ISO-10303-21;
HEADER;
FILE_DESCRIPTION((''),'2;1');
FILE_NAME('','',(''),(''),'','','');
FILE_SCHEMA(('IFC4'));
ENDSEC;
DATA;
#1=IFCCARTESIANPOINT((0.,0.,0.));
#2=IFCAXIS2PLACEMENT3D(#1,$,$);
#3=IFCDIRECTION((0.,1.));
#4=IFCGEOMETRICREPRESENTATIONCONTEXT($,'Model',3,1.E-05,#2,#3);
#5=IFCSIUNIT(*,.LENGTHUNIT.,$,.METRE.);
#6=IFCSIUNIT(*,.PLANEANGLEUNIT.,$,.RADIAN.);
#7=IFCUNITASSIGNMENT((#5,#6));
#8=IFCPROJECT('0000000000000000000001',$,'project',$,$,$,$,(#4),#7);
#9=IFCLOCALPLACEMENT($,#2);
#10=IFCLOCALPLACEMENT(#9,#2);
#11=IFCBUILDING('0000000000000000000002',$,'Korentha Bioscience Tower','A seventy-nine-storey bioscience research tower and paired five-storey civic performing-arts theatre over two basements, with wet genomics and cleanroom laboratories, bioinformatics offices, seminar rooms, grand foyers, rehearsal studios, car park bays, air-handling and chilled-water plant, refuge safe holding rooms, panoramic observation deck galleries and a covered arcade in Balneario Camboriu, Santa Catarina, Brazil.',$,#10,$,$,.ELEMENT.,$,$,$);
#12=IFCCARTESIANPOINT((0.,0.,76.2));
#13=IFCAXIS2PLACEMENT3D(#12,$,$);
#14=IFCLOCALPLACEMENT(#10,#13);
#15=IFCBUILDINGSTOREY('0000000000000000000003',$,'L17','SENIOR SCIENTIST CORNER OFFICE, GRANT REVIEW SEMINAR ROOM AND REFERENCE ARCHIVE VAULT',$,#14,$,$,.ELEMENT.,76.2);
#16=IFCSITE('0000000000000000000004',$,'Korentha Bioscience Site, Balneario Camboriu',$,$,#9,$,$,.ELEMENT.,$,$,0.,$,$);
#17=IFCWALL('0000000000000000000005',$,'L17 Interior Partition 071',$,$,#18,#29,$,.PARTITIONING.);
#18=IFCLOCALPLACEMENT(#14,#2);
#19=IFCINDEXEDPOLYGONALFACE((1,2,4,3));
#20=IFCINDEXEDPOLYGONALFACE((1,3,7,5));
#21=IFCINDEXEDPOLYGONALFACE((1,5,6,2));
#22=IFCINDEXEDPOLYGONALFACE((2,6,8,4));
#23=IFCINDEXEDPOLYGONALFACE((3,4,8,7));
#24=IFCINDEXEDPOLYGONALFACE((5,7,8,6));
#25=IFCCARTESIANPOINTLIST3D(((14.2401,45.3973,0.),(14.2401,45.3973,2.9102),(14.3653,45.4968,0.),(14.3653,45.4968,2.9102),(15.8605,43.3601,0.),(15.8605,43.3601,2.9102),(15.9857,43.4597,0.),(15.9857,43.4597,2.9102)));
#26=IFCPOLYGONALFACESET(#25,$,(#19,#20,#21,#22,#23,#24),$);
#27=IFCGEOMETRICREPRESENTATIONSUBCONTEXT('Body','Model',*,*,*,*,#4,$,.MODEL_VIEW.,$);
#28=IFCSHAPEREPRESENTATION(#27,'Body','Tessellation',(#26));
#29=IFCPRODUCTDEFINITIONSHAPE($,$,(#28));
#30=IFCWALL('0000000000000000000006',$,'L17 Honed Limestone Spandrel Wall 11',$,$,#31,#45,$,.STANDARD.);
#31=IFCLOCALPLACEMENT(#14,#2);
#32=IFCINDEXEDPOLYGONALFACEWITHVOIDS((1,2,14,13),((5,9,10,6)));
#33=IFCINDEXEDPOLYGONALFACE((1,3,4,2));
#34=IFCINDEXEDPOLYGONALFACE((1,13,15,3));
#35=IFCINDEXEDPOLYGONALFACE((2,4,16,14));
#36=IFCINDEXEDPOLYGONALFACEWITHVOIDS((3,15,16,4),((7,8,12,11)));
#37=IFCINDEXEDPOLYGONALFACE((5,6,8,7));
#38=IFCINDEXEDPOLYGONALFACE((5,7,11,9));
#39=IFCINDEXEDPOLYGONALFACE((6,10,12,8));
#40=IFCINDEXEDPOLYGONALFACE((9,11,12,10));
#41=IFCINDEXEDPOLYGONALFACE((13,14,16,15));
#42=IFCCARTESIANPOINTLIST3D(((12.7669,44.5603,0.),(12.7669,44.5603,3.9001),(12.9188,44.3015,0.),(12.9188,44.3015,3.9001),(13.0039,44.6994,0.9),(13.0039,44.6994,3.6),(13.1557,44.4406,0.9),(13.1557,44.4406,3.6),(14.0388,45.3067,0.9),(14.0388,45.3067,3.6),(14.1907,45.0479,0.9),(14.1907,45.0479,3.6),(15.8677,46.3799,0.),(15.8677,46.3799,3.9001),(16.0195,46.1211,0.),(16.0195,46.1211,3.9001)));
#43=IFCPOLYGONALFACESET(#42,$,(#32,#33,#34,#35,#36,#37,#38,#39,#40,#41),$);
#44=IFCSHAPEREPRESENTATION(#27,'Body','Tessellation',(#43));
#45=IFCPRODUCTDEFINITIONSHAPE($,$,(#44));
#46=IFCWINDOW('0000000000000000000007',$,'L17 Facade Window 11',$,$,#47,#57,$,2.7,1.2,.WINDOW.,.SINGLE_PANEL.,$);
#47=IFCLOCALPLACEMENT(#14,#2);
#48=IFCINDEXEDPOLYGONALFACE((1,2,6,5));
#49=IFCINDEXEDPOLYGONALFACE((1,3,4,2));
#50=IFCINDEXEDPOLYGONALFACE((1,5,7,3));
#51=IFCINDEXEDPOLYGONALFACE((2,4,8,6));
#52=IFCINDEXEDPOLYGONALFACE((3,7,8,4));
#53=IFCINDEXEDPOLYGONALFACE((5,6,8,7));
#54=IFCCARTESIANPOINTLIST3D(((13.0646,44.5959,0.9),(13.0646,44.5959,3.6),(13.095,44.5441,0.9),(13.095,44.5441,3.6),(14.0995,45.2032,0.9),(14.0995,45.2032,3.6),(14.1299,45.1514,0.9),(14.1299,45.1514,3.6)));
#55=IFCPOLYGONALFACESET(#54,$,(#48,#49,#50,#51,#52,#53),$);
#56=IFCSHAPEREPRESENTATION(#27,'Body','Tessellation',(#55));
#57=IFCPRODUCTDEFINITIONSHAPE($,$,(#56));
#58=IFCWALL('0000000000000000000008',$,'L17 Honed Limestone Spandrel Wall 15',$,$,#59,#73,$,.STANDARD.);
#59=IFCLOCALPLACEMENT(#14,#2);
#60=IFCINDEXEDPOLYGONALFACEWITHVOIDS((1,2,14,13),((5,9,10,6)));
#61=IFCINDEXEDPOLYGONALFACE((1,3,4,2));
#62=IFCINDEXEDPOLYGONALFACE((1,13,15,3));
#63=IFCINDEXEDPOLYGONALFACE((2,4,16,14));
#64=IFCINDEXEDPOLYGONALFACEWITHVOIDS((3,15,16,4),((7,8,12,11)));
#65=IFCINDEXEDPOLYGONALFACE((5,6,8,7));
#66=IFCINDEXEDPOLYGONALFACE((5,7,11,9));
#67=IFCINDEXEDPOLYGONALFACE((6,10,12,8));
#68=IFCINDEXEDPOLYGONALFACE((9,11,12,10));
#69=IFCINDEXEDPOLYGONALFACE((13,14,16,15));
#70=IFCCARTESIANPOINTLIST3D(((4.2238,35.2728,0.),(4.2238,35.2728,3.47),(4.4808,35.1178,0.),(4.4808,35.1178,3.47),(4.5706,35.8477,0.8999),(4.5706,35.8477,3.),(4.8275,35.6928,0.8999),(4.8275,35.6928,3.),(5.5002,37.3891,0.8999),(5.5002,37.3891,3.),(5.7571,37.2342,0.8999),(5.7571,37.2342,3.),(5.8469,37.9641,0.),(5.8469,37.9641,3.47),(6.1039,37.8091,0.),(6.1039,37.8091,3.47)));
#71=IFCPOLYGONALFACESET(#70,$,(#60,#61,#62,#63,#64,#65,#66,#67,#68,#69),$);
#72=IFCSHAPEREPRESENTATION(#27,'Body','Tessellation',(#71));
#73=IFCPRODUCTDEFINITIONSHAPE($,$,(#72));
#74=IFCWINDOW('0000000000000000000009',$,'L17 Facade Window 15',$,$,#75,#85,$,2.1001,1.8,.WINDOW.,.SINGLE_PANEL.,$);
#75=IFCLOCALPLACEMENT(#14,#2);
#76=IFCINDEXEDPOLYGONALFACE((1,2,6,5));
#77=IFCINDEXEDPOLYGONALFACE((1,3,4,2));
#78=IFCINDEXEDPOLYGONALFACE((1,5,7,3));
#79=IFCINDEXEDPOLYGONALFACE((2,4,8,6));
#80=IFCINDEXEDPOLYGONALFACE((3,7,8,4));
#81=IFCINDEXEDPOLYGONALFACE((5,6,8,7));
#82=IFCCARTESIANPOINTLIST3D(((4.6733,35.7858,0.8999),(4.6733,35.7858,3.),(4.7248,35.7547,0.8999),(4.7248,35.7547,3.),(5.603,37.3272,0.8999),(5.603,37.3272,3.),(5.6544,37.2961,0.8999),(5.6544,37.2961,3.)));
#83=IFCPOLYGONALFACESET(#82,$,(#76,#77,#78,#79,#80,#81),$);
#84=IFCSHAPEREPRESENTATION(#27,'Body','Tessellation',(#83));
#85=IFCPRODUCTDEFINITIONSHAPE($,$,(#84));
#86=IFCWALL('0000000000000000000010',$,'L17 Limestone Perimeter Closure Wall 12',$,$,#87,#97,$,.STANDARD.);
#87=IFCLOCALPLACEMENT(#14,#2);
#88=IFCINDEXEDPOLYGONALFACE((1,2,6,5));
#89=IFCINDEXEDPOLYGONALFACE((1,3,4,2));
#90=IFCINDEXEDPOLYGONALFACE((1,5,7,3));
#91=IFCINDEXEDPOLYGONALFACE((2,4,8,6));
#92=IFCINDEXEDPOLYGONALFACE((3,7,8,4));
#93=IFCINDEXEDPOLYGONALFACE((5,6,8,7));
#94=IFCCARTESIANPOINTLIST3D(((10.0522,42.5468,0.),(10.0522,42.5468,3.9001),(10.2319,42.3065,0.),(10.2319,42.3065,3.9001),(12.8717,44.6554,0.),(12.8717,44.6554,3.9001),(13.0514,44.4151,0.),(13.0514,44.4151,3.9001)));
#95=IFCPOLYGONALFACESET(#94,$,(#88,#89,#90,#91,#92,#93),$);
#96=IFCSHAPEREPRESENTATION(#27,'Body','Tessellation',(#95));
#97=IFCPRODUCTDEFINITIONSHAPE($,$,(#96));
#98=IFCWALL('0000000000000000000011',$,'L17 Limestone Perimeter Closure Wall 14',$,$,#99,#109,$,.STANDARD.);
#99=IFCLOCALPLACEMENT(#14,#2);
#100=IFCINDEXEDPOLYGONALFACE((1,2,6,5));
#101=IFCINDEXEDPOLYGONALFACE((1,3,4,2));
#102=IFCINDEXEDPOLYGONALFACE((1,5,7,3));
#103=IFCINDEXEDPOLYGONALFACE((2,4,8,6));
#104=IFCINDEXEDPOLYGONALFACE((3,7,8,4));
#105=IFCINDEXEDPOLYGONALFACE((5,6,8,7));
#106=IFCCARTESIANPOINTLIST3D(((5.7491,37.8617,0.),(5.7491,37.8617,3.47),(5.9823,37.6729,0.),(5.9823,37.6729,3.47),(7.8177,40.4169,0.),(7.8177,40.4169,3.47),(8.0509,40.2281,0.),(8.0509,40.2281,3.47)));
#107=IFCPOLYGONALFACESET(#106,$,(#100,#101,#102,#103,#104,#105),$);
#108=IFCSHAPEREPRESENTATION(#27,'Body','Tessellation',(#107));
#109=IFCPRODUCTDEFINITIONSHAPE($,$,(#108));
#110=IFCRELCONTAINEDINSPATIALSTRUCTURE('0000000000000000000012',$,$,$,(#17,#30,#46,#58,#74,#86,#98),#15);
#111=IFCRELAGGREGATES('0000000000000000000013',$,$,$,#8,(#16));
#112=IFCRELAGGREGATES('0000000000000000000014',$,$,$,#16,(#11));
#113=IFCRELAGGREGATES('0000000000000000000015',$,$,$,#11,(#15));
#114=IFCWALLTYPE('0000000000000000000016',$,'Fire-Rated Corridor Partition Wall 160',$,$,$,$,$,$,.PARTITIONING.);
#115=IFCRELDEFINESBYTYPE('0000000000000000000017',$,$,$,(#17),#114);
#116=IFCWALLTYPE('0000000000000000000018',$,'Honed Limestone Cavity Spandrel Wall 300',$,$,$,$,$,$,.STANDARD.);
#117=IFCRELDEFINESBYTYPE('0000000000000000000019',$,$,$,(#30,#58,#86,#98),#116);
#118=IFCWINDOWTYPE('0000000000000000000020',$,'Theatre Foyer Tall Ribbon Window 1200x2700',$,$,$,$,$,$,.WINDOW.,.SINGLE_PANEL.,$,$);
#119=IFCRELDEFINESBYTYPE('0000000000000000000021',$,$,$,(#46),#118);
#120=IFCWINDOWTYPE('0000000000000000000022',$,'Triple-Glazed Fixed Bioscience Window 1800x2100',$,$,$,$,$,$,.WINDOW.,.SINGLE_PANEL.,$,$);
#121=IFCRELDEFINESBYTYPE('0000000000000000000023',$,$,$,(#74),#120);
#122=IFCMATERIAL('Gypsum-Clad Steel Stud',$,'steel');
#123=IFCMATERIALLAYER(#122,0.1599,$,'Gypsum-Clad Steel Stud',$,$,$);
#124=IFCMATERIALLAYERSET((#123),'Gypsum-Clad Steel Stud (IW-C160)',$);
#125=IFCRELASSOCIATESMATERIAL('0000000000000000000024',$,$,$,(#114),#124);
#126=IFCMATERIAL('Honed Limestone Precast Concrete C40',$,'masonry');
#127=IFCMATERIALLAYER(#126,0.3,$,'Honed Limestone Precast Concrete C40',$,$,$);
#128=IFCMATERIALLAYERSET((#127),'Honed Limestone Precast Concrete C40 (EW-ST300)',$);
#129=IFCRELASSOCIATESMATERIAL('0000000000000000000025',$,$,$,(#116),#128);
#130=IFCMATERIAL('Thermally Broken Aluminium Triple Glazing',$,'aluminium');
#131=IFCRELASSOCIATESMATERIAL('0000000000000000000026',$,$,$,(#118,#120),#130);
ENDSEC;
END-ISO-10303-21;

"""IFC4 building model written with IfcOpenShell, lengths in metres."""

from ifc_helpers import new_model, si_unit, direction, frame, frame_2d, origin, place, context, subcontext, project, spatial, rectangle, extrude, material, layer, layer_set, type_object, element, fill, save


model = new_model("IFC4")

# Units and contexts
model_context = context("Model", 3, precision=1e-05, world=origin(), true_north=direction((0.0, 1.0)))
body_context = subcontext(model_context, "Body", "Model", "MODEL_VIEW")
ifc_project = project(units=[si_unit("LENGTHUNIT", "METRE"), si_unit("PLANEANGLEUNIT", "RADIAN")], contexts=[model_context])

# Site, building, storey
site_placement = place(None, origin())
site = spatial("IfcSite", under=ifc_project, at=site_placement, Name="Korentha Bioscience Site, Balneario Camboriu", CompositionType="ELEMENT", RefElevation=0.0)
building_placement = place(site_placement, origin())
building = spatial("IfcBuilding", under=site, at=building_placement, Name="Korentha Bioscience Tower", Description="A seventy-nine-storey bioscience research tower and paired five-storey civic performing-arts theatre over two basements, with wet genomics and cleanroom laboratories, bioinformatics offices, seminar rooms, grand foyers, rehearsal studios, car park bays, air-handling and chilled-water plant, refuge safe holding rooms, panoramic observation deck galleries and a covered arcade in Balneario Camboriu, Santa Catarina, Brazil.", CompositionType="ELEMENT")
storey_placement = place(building_placement, frame((0.0, 0.0, 76.2)))
storey = spatial("IfcBuildingStorey", under=building, at=storey_placement, Name="L17", Description="SENIOR SCIENTIST CORNER OFFICE, GRANT REVIEW SEMINAR ROOM AND REFERENCE ARCHIVE VAULT", CompositionType="ELEMENT", Elevation=76.2)

# Wall
ifc_material_1 = material(Name="Gypsum-Clad Steel Stud", Category="steel")
ifc_layer_1 = layer(ifc_material_1, 0.1599, Name="Gypsum-Clad Steel Stud")
ifc_layer_set_1 = layer_set([ifc_layer_1], Name="Gypsum-Clad Steel Stud (IW-C160)")
wall_type_1 = type_object("IfcWallType", Name="Fire-Rated Corridor Partition Wall 160", PredefinedType="PARTITIONING", material=ifc_layer_set_1)
wall_1_placement = place(storey_placement, frame((15.9231, 43.4099, 0.0), z_axis=(0.0, 0.0, 1.0), x_axis=(-0.622508, 0.782614, 0.0)))
element("IfcWall", 1, at=wall_1_placement, inside=storey, type_object=wall_type_1, Name="L17 Interior Partition 071", PredefinedType="PARTITIONING", context=body_context, shape_type="SweptSolid", body=[
    extrude(rectangle(XDim=2.603, YDim=0.1599, at=frame_2d((1.3015, 0.0))), origin(), (0.0, 0.0, 1.0), 2.9102),
])

# Walls, openings, windows
ifc_material_2 = material(Name="Honed Limestone Precast Concrete C40", Category="masonry")
ifc_layer_2 = layer(ifc_material_2, 0.3, Name="Honed Limestone Precast Concrete C40")
ifc_layer_set_2 = layer_set([ifc_layer_2], Name="Honed Limestone Precast Concrete C40 (EW-ST300)")
wall_type_2 = type_object("IfcWallType", Name="Honed Limestone Cavity Spandrel Wall 300", PredefinedType="STANDARD", material=ifc_layer_set_2)
wall_2_placement = place(storey_placement, frame((15.9436, 46.2505, 0.0), z_axis=(0.0, 0.0, 1.0), x_axis=(-0.862473, -0.506103, 0.0)))
wall_2 = element("IfcWall", 2, at=wall_2_placement, inside=storey, type_object=wall_type_2, Name="L17 Honed Limestone Spandrel Wall 11", PredefinedType="STANDARD", context=body_context, shape_type="SweptSolid", body=[
    extrude(rectangle(XDim=3.5952, YDim=0.3, at=frame_2d((1.7976, 0.0))), origin(), (0.0, 0.0, 1.0), 3.9001),
])
opening_1_placement = place(wall_2_placement, frame((2.1204, 0.0, 0.8999)))
opening_1 = element("IfcOpeningElement", 3, at=opening_1_placement, cuts=wall_2, PredefinedType="OPENING", context=body_context, shape_type="SweptSolid", body=[
    extrude(rectangle(XDim=1.2, YDim=2.7, at=frame_2d((0.6001, 1.3501))), frame((0.0, 0.165, 0.0), z_axis=(0.0, -1.0, 0.0), x_axis=(1.0, 0.0, 0.0)), (0.0, 0.0, 1.0), 0.3298),
])
ifc_material_3 = material(Name="Thermally Broken Aluminium Triple Glazing", Category="aluminium")
window_type_1 = type_object("IfcWindowType", Name="Theatre Foyer Tall Ribbon Window 1200x2700", PartitioningType="SINGLE_PANEL", PredefinedType="WINDOW", material=ifc_material_3)
window_1_placement = place(opening_1_placement, origin())
window_1 = element("IfcWindow", 4, at=window_1_placement, inside=storey, type_object=window_type_1, Name="L17 Facade Window 11", OverallHeight=2.7, OverallWidth=1.2, PartitioningType="SINGLE_PANEL", PredefinedType="WINDOW", context=body_context, shape_type="SweptSolid", body=[
    extrude(rectangle(XDim=1.2, YDim=2.7, at=frame_2d((0.6001, 1.3501))), frame((0.0, 0.03, 0.0), z_axis=(0.0, -1.0, 0.0), x_axis=(1.0, 0.0, 0.0)), (0.0, 0.0, 1.0), 0.0601),
])
fill(opening_1, window_1)
wall_3_placement = place(storey_placement, frame((5.9753, 37.8865, 0.0), z_axis=(0.0, 0.0, 1.0), x_axis=(-0.516448, -0.856319, 0.0)))
wall_3 = element("IfcWall", 5, at=wall_3_placement, inside=storey, type_object=wall_type_2, Name="L17 Honed Limestone Spandrel Wall 15", PredefinedType="STANDARD", context=body_context, shape_type="SweptSolid", body=[
    extrude(rectangle(XDim=3.1428, YDim=0.3, at=frame_2d((1.5713, 0.0))), origin(), (0.0, 0.0, 1.0), 3.47),
])
opening_2_placement = place(wall_3_placement, frame((0.6714, 0.0, 0.8999)))
opening_2 = element("IfcOpeningElement", 6, at=opening_2_placement, cuts=wall_3, PredefinedType="OPENING", context=body_context, shape_type="SweptSolid", body=[
    extrude(rectangle(XDim=1.8, YDim=2.1001, at=frame_2d((0.8999, 1.05))), frame((0.0, 0.165, 0.0), z_axis=(0.0, -1.0, 0.0), x_axis=(1.0, 0.0, 0.0)), (0.0, 0.0, 1.0), 0.3298),
])
window_type_2 = type_object("IfcWindowType", Name="Triple-Glazed Fixed Bioscience Window 1800x2100", PartitioningType="SINGLE_PANEL", PredefinedType="WINDOW", material=ifc_material_3)
window_2_placement = place(opening_2_placement, origin())
window_2 = element("IfcWindow", 7, at=window_2_placement, inside=storey, type_object=window_type_2, Name="L17 Facade Window 15", OverallHeight=2.1001, OverallWidth=1.8, PartitioningType="SINGLE_PANEL", PredefinedType="WINDOW", context=body_context, shape_type="SweptSolid", body=[
    extrude(rectangle(XDim=1.8, YDim=2.1001, at=frame_2d((0.8999, 1.05))), frame((0.0, 0.03, 0.0), z_axis=(0.0, -1.0, 0.0), x_axis=(1.0, 0.0, 0.0)), (0.0, 0.0, 1.0), 0.0601),
])
fill(opening_2, window_2)

# Walls
wall_4_placement = place(storey_placement, frame((12.9614, 44.5352, 0.0), z_axis=(0.0, 0.0, 1.0), x_axis=(-0.800823, -0.598901, 0.0)))
element("IfcWall", 8, at=wall_4_placement, inside=storey, type_object=wall_type_2, Name="L17 Limestone Perimeter Closure Wall 12", PredefinedType="STANDARD", context=body_context, shape_type="SweptSolid", body=[
    extrude(rectangle(XDim=3.5208, YDim=0.3, at=frame_2d((1.7603, 0.0))), origin(), (0.0, 0.0, 1.0), 3.9001),
])
wall_5_placement = place(storey_placement, frame((7.9343, 40.3225, 0.0), z_axis=(0.0, 0.0, 1.0), x_axis=(-0.629222, -0.777226, 0.0)))
element("IfcWall", 9, at=wall_5_placement, inside=storey, type_object=wall_type_2, Name="L17 Limestone Perimeter Closure Wall 14", PredefinedType="STANDARD", context=body_context, shape_type="SweptSolid", body=[
    extrude(rectangle(XDim=3.2876, YDim=0.3, at=frame_2d((1.6438, 0.0))), origin(), (0.0, 0.0, 1.0), 3.47),
])

save(model, "model.ifc")
